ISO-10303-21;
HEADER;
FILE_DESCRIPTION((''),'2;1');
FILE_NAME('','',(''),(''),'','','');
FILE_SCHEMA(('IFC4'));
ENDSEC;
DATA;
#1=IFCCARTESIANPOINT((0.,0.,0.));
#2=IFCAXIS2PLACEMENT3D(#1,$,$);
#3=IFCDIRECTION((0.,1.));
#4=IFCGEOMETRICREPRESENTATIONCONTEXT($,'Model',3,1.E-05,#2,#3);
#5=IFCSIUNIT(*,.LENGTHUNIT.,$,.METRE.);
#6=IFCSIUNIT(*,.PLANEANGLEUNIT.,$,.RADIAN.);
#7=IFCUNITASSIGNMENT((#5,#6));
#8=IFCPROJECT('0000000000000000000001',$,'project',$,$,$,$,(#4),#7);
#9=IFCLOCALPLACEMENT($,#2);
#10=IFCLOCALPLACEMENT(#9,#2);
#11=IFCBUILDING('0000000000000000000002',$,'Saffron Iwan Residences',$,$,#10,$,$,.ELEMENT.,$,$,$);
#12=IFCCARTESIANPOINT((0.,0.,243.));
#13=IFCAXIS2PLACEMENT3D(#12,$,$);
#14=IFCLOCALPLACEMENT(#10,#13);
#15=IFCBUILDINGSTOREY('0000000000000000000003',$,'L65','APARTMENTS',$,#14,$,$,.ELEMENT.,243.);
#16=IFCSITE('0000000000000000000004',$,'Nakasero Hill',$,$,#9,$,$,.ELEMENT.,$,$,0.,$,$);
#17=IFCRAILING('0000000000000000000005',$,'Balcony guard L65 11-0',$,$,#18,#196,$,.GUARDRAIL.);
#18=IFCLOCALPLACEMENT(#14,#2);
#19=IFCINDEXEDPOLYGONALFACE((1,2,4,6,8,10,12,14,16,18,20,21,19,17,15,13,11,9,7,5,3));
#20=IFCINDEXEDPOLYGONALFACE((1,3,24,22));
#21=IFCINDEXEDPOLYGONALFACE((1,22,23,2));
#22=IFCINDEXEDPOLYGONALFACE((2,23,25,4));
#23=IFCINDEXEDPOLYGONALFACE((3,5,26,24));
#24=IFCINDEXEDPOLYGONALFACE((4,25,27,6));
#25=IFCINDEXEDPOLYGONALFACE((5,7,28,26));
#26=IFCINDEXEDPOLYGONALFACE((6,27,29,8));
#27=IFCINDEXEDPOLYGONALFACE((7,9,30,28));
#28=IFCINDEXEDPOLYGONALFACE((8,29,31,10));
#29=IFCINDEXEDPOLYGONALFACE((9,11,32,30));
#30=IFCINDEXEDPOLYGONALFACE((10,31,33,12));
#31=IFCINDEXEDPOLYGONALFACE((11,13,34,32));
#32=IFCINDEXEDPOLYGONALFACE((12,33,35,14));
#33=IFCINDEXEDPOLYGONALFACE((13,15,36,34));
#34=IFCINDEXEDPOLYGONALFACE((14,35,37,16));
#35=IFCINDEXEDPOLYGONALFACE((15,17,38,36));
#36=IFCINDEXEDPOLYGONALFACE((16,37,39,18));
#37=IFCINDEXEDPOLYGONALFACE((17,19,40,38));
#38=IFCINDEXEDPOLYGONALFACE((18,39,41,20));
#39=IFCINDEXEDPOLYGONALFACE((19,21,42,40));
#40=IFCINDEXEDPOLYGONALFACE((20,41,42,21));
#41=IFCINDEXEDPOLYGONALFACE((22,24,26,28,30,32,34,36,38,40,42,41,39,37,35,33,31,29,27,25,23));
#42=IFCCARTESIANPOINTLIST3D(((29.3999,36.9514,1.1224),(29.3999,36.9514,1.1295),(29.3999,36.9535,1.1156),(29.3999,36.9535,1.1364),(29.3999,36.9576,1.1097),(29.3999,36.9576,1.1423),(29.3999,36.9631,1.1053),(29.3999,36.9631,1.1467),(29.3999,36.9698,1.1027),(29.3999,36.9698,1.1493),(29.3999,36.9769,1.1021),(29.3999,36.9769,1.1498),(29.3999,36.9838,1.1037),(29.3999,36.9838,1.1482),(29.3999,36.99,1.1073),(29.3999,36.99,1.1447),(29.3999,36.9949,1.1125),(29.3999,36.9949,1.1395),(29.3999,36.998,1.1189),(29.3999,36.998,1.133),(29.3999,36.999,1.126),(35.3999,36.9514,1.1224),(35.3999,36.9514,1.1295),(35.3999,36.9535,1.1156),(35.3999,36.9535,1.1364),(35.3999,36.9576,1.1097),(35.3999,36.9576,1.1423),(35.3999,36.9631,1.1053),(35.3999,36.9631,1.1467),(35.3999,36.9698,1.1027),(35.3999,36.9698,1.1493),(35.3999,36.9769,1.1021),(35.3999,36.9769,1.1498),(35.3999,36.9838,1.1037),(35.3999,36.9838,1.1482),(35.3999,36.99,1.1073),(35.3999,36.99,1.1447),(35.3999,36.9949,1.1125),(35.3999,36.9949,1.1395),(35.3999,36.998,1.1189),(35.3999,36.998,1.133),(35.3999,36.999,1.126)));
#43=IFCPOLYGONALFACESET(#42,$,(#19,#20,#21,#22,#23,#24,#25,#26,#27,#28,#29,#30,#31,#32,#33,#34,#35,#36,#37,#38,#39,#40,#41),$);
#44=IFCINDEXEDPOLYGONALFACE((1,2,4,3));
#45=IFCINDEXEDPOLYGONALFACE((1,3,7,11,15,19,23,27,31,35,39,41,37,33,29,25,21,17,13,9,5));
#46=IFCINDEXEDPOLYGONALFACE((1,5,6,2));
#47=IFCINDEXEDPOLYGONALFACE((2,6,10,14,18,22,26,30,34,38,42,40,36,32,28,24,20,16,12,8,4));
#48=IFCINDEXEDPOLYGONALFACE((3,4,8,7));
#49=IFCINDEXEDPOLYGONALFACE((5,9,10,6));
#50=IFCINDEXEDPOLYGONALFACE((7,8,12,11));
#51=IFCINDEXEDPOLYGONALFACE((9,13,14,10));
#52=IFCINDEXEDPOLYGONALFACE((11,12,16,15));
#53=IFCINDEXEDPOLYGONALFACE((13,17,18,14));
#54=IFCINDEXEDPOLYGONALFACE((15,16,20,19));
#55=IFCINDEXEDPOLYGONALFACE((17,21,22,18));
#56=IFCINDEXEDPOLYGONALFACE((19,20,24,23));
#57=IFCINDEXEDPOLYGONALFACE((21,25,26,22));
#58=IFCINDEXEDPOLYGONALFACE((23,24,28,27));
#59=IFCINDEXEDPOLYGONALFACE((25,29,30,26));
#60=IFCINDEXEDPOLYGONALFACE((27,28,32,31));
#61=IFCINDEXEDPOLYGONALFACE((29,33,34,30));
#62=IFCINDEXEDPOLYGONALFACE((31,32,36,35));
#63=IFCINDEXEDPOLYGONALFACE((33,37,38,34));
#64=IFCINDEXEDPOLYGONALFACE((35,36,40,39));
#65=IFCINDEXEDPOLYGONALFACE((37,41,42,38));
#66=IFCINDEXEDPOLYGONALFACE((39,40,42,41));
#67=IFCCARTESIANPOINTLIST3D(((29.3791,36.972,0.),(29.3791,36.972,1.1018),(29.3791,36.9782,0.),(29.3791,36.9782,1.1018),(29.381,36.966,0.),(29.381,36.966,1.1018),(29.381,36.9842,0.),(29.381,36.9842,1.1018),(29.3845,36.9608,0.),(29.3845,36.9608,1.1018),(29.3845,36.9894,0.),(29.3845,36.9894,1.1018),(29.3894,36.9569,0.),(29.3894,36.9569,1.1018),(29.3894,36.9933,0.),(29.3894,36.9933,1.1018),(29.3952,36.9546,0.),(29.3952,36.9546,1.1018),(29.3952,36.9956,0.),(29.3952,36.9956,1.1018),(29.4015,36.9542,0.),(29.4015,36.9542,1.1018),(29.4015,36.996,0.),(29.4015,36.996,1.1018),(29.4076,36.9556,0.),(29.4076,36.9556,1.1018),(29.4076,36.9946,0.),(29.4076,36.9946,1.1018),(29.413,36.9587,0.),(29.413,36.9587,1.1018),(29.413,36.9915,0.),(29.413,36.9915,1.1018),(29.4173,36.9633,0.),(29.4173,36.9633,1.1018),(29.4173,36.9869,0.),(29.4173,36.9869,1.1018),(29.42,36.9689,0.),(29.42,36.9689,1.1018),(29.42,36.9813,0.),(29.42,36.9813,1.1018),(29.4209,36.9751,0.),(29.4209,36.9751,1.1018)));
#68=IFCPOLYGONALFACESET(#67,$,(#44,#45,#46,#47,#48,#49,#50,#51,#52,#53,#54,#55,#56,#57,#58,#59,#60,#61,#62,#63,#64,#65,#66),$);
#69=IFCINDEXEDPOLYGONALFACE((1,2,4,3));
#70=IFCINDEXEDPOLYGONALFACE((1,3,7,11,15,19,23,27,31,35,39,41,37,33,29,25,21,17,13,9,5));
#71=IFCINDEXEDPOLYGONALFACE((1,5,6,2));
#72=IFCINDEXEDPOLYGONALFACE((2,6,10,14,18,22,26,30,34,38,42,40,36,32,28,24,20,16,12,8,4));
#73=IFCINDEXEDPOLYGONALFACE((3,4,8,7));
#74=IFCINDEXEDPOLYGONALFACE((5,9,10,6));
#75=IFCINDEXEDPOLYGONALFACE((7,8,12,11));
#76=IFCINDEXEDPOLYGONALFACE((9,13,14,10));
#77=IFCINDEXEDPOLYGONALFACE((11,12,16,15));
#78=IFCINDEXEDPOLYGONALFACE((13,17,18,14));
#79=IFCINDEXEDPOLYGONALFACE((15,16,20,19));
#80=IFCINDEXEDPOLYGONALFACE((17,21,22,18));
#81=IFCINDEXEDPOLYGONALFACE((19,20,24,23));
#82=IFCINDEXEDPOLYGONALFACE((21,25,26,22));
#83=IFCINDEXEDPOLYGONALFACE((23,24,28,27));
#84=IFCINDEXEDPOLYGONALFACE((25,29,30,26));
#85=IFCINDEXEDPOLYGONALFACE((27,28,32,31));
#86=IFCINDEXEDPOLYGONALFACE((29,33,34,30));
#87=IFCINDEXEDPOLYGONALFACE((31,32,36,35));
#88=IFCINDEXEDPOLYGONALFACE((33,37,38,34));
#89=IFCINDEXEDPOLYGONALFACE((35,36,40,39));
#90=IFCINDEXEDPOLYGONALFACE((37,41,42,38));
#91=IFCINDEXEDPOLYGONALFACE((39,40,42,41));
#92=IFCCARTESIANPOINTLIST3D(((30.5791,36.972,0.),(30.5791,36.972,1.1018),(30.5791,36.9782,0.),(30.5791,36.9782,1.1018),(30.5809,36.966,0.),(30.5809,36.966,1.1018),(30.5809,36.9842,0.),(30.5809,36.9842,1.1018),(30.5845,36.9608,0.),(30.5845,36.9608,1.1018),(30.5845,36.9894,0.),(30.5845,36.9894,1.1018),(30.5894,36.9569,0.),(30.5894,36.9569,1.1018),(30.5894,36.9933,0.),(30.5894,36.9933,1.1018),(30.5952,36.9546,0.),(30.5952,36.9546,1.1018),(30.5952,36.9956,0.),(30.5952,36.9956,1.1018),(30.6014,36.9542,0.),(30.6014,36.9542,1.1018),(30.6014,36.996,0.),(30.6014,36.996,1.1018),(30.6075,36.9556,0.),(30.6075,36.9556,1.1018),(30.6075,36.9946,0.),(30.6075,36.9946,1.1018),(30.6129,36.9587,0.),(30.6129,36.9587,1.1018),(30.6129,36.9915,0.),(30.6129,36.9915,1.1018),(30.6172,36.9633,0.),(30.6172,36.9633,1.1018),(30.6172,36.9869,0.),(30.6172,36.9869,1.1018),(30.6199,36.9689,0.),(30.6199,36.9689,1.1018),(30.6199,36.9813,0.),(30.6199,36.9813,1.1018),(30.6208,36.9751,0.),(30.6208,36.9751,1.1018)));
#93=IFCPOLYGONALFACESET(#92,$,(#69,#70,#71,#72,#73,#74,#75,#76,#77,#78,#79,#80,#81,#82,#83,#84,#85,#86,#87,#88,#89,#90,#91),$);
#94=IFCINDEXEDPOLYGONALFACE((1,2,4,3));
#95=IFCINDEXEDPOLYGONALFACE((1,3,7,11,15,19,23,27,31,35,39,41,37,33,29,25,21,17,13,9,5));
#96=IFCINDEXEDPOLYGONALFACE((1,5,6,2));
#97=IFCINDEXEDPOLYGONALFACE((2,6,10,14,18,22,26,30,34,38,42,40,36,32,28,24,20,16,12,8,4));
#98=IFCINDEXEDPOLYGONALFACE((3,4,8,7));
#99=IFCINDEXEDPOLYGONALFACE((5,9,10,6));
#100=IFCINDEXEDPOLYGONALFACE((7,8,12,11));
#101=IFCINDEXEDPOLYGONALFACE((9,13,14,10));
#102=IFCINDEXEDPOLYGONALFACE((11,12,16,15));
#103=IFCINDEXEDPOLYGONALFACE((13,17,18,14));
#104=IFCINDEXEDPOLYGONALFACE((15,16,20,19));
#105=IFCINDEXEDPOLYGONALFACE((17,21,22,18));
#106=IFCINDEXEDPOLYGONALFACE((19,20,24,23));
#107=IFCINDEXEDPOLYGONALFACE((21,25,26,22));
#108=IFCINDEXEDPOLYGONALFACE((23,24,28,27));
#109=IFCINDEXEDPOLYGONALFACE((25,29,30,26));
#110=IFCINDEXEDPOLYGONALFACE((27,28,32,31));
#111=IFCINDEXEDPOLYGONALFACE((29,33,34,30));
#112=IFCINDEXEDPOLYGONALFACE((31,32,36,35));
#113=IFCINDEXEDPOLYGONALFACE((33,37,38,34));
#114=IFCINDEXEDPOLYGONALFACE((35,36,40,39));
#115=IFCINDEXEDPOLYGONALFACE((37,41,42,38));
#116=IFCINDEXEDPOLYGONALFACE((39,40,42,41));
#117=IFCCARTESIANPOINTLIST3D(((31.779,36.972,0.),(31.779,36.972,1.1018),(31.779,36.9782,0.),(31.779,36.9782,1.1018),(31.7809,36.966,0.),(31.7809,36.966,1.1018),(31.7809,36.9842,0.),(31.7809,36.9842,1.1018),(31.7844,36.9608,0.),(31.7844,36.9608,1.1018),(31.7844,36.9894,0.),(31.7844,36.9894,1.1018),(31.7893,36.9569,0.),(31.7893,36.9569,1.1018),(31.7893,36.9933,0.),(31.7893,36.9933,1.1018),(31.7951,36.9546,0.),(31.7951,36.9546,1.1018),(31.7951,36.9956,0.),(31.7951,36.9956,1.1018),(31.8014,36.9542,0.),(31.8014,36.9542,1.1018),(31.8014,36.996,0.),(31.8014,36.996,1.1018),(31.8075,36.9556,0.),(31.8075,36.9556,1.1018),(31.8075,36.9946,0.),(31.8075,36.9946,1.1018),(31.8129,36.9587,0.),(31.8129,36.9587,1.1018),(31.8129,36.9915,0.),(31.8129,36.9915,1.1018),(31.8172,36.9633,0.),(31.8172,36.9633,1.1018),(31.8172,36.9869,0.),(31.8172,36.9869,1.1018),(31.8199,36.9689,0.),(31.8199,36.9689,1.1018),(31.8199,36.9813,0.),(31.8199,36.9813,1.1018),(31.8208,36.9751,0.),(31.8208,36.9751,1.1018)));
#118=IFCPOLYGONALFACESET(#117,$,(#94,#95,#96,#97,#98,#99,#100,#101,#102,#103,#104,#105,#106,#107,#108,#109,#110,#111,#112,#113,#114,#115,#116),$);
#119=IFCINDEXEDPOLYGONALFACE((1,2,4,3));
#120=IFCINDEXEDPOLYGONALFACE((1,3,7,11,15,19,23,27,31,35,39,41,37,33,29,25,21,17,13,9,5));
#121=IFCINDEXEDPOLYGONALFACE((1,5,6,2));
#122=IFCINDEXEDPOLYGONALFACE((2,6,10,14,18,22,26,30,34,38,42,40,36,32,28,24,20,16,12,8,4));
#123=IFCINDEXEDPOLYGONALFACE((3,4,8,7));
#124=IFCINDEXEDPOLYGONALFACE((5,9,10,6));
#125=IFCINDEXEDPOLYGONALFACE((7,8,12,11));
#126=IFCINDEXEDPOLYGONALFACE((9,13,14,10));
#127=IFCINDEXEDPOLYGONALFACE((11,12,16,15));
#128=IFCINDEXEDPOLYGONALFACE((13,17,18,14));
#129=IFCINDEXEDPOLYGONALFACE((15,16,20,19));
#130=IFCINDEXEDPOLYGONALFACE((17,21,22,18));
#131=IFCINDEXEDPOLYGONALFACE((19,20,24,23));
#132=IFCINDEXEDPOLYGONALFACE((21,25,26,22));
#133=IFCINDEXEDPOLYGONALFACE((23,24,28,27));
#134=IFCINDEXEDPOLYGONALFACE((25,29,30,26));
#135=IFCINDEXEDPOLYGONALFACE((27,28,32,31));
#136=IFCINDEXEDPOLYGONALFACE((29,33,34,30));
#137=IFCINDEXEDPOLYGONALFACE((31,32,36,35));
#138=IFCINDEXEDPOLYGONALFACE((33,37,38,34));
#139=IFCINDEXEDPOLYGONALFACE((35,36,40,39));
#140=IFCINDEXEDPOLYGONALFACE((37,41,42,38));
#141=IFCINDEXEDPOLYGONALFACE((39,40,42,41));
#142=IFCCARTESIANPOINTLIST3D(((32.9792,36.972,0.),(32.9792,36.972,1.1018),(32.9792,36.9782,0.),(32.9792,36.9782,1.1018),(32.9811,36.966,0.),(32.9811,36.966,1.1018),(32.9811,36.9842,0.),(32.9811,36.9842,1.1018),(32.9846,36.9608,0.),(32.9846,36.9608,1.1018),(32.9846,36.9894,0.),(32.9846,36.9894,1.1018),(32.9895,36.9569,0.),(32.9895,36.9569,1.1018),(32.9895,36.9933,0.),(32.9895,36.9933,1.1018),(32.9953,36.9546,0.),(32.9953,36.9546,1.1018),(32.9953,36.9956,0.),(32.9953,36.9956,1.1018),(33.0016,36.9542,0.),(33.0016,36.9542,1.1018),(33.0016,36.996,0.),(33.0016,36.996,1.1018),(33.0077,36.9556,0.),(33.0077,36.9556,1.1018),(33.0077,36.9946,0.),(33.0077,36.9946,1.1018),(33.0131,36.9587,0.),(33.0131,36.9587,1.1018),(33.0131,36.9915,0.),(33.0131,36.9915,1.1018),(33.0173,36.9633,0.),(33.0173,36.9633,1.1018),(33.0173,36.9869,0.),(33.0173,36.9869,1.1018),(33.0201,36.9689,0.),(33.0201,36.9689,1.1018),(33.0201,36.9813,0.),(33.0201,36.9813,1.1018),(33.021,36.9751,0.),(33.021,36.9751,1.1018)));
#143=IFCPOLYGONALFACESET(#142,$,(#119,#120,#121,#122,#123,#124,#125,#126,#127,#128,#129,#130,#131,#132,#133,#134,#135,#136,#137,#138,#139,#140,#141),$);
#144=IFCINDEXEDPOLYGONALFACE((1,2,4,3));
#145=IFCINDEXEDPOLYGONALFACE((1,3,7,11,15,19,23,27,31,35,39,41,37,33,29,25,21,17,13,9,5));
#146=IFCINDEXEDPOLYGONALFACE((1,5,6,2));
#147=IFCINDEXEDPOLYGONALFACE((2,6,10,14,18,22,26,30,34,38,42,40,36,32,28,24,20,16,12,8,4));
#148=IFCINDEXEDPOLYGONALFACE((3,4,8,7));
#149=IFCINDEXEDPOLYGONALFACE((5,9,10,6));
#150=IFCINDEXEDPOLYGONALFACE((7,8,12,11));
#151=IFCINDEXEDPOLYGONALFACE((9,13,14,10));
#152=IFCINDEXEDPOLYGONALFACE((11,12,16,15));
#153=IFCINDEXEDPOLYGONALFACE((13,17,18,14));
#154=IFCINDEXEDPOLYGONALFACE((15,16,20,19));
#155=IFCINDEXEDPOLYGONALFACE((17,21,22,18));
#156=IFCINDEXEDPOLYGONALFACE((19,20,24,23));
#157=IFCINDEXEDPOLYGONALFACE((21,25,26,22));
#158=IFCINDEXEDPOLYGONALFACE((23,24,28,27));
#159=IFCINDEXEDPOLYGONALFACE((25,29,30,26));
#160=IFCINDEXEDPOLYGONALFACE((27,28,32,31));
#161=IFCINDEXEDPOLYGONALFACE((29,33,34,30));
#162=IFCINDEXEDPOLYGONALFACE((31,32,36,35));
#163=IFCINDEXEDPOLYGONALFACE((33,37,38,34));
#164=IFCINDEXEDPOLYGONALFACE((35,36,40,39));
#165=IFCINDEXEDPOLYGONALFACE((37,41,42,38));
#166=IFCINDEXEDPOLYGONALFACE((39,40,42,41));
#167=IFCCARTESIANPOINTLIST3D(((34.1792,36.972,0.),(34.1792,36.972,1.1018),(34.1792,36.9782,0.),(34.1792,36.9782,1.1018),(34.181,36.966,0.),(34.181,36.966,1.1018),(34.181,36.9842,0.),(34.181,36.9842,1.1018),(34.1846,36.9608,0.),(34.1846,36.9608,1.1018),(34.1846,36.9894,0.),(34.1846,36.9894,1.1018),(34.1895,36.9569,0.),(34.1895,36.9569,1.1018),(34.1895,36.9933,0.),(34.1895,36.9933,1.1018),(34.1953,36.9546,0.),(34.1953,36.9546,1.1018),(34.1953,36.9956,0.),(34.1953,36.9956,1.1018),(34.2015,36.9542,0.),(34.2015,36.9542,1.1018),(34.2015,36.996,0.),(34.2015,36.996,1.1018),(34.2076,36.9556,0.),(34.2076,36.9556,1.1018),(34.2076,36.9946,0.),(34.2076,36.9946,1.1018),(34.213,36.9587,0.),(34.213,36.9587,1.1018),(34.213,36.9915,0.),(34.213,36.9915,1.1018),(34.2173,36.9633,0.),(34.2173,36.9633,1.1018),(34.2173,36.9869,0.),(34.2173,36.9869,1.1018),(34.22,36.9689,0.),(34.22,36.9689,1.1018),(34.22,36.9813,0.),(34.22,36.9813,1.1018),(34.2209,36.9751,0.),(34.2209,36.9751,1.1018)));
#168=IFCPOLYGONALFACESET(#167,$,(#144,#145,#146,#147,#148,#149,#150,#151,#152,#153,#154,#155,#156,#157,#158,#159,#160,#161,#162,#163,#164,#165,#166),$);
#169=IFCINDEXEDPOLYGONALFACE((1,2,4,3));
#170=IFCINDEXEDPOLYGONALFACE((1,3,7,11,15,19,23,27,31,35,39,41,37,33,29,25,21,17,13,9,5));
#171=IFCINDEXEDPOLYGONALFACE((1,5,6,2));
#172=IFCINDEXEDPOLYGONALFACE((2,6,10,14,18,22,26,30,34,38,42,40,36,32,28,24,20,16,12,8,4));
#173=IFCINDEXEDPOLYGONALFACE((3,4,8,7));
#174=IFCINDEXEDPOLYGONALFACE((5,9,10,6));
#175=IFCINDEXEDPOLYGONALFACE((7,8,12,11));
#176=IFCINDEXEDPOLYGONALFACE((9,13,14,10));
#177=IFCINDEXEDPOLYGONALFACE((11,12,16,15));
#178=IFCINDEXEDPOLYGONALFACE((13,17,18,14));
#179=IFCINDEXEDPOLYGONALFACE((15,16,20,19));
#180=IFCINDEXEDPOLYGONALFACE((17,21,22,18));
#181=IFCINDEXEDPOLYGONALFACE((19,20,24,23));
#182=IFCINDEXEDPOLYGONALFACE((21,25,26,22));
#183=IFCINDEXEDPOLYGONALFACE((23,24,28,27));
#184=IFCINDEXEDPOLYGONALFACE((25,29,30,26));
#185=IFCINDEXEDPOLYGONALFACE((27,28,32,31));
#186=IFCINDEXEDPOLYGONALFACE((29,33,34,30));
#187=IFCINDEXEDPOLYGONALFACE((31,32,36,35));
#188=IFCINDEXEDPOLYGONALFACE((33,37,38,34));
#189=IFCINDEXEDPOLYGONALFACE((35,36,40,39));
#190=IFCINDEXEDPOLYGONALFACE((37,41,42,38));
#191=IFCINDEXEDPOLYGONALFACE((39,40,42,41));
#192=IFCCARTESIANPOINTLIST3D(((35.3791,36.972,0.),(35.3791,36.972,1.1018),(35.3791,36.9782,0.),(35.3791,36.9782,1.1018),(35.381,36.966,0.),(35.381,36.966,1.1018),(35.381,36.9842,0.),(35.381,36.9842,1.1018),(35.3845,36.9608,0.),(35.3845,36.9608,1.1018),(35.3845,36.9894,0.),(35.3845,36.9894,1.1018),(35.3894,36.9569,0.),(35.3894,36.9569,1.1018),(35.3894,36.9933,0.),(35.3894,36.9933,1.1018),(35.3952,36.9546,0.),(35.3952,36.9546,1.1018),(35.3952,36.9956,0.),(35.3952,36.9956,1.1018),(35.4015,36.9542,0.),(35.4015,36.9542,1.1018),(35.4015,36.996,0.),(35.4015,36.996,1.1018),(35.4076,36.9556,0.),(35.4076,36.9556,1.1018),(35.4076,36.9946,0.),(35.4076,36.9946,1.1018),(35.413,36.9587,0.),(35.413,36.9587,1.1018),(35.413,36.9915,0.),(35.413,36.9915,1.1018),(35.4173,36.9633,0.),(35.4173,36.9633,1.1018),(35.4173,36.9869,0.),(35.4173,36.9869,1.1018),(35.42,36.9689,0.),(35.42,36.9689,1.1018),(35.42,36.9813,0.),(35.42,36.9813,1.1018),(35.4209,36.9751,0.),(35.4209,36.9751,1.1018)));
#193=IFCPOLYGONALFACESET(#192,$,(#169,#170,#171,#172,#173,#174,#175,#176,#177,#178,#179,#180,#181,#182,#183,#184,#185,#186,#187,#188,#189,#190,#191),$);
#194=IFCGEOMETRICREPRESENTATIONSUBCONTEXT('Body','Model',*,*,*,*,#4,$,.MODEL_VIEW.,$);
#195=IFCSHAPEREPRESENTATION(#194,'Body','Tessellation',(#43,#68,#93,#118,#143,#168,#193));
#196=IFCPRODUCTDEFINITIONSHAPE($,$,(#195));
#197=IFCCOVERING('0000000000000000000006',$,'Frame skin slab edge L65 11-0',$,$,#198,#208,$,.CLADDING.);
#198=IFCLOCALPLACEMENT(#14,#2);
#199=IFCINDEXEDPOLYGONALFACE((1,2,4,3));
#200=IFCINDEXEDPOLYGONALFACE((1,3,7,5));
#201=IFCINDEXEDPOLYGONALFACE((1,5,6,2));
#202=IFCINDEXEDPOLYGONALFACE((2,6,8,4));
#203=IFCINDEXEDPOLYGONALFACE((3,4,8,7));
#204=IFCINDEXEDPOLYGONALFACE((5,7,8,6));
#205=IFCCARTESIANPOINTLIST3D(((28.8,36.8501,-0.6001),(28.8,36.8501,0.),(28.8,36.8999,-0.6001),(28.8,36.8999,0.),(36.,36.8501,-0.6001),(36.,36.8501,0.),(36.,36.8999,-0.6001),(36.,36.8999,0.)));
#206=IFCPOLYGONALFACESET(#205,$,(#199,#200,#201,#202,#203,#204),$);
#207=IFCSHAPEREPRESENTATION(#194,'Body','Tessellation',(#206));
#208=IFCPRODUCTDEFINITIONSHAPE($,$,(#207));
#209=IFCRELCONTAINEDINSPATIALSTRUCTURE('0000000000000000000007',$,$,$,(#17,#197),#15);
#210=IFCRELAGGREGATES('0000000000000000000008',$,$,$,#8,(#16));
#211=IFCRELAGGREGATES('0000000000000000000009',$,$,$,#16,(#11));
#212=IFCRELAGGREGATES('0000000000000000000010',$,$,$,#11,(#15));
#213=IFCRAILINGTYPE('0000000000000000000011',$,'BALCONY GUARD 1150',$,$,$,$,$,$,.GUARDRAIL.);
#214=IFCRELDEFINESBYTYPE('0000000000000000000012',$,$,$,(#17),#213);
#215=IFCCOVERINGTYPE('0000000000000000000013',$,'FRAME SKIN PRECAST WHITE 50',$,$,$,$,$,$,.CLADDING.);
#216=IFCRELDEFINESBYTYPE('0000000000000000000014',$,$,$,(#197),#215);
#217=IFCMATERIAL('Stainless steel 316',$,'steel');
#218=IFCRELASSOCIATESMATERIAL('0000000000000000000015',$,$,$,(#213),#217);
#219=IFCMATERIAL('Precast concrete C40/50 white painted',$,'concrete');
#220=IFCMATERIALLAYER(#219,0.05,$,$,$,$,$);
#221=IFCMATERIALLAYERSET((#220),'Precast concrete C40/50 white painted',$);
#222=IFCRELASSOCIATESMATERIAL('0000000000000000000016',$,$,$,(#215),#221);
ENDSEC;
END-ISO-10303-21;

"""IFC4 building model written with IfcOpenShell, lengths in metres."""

from ifc_helpers import new_model, si_unit, direction, frame, origin, origin_2d, place, context, subcontext, project, spatial, polyline, circle, outline, extrude, material, layer, layer_set, type_object, element, save


model = new_model("IFC4")

# Units and contexts
model_context = context("Model", 3, precision=1e-05, world=origin(), true_north=direction((0.0, 1.0)))
body_context = subcontext(model_context, "Body", "Model", "MODEL_VIEW")
ifc_project = project(units=[si_unit("LENGTHUNIT", "METRE"), si_unit("PLANEANGLEUNIT", "RADIAN")], contexts=[model_context])

# Site, building, storey
site_placement = place(None, origin())
site = spatial("IfcSite", under=ifc_project, at=site_placement, Name="Nakasero Hill", CompositionType="ELEMENT", RefElevation=0.0)
building_placement = place(site_placement, origin())
building = spatial("IfcBuilding", under=site, at=building_placement, Name="Saffron Iwan Residences", CompositionType="ELEMENT")
storey_placement = place(building_placement, frame((0.0, 0.0, 243.0)))
storey = spatial("IfcBuildingStorey", under=building, at=storey_placement, Name="L65", Description="APARTMENTS", CompositionType="ELEMENT", Elevation=243.0)

# Railing
ifc_material_1 = material(Name="Stainless steel 316", Category="steel")
railing_type = type_object("IfcRailingType", Name="BALCONY GUARD 1150", PredefinedType="GUARDRAIL", material=ifc_material_1)
railing_placement = place(storey_placement, frame((29.3999, 36.9751, 0.0)))
element("IfcRailing", 1, at=railing_placement, inside=storey, type_object=railing_type, Name="Balcony guard L65 11-0", PredefinedType="GUARDRAIL", context=body_context, shape_type="SweptSolid", body=[
    extrude(circle(Radius=0.0239, at=origin_2d()), frame((0.0, 0.0, 1.126), z_axis=(1.0, 0.0, 0.0), x_axis=(0.0, 1.0, 0.0)), (0.0, 0.0, 1.0), 6.0),
    extrude(circle(Radius=0.021, at=origin_2d()), origin(), (0.0, 0.0, 1.0), 1.1018),
    extrude(circle(Radius=0.021, at=origin_2d()), frame((1.2, 0.0, 0.0)), (0.0, 0.0, 1.0), 1.1018),
    extrude(circle(Radius=0.021, at=origin_2d()), frame((2.3999, 0.0, 0.0)), (0.0, 0.0, 1.0), 1.1018),
    extrude(circle(Radius=0.021, at=origin_2d()), frame((3.6001, 0.0, 0.0)), (0.0, 0.0, 1.0), 1.1018),
    extrude(circle(Radius=0.021, at=origin_2d()), frame((4.8, 0.0, 0.0)), (0.0, 0.0, 1.0), 1.1018),
    extrude(circle(Radius=0.021, at=origin_2d()), frame((6.0, 0.0, 0.0)), (0.0, 0.0, 1.0), 1.1018),
])

# Covering
ifc_material_2 = material(Name="Precast concrete C40/50 white painted", Category="concrete")
ifc_layer_1 = layer(ifc_material_2, 0.05)
ifc_layer_set_1 = layer_set([ifc_layer_1], Name="Precast concrete C40/50 white painted")
covering_type_1 = type_object("IfcCoveringType", Name="FRAME SKIN PRECAST WHITE 50", PredefinedType="CLADDING", material=ifc_layer_set_1)
for number, where, name in (
    (2, (0.0, 0.0, -0.6001), "Frame skin slab edge L65 11-0"),
):
    element("IfcCovering", number, at=place(storey_placement, frame(where)), inside=storey, type_object=covering_type_1, Name=name, PredefinedType="CLADDING", context=body_context, shape_type="SweptSolid", body=[
        extrude(outline(polyline([(28.8, 36.8501), (36.0, 36.8501), (36.0, 36.8999), (28.8, 36.8999), (28.8, 36.8501)])), origin(), (0.0, 0.0, 1.0), 0.6001),
    ])

save(model, "model.ifc")
